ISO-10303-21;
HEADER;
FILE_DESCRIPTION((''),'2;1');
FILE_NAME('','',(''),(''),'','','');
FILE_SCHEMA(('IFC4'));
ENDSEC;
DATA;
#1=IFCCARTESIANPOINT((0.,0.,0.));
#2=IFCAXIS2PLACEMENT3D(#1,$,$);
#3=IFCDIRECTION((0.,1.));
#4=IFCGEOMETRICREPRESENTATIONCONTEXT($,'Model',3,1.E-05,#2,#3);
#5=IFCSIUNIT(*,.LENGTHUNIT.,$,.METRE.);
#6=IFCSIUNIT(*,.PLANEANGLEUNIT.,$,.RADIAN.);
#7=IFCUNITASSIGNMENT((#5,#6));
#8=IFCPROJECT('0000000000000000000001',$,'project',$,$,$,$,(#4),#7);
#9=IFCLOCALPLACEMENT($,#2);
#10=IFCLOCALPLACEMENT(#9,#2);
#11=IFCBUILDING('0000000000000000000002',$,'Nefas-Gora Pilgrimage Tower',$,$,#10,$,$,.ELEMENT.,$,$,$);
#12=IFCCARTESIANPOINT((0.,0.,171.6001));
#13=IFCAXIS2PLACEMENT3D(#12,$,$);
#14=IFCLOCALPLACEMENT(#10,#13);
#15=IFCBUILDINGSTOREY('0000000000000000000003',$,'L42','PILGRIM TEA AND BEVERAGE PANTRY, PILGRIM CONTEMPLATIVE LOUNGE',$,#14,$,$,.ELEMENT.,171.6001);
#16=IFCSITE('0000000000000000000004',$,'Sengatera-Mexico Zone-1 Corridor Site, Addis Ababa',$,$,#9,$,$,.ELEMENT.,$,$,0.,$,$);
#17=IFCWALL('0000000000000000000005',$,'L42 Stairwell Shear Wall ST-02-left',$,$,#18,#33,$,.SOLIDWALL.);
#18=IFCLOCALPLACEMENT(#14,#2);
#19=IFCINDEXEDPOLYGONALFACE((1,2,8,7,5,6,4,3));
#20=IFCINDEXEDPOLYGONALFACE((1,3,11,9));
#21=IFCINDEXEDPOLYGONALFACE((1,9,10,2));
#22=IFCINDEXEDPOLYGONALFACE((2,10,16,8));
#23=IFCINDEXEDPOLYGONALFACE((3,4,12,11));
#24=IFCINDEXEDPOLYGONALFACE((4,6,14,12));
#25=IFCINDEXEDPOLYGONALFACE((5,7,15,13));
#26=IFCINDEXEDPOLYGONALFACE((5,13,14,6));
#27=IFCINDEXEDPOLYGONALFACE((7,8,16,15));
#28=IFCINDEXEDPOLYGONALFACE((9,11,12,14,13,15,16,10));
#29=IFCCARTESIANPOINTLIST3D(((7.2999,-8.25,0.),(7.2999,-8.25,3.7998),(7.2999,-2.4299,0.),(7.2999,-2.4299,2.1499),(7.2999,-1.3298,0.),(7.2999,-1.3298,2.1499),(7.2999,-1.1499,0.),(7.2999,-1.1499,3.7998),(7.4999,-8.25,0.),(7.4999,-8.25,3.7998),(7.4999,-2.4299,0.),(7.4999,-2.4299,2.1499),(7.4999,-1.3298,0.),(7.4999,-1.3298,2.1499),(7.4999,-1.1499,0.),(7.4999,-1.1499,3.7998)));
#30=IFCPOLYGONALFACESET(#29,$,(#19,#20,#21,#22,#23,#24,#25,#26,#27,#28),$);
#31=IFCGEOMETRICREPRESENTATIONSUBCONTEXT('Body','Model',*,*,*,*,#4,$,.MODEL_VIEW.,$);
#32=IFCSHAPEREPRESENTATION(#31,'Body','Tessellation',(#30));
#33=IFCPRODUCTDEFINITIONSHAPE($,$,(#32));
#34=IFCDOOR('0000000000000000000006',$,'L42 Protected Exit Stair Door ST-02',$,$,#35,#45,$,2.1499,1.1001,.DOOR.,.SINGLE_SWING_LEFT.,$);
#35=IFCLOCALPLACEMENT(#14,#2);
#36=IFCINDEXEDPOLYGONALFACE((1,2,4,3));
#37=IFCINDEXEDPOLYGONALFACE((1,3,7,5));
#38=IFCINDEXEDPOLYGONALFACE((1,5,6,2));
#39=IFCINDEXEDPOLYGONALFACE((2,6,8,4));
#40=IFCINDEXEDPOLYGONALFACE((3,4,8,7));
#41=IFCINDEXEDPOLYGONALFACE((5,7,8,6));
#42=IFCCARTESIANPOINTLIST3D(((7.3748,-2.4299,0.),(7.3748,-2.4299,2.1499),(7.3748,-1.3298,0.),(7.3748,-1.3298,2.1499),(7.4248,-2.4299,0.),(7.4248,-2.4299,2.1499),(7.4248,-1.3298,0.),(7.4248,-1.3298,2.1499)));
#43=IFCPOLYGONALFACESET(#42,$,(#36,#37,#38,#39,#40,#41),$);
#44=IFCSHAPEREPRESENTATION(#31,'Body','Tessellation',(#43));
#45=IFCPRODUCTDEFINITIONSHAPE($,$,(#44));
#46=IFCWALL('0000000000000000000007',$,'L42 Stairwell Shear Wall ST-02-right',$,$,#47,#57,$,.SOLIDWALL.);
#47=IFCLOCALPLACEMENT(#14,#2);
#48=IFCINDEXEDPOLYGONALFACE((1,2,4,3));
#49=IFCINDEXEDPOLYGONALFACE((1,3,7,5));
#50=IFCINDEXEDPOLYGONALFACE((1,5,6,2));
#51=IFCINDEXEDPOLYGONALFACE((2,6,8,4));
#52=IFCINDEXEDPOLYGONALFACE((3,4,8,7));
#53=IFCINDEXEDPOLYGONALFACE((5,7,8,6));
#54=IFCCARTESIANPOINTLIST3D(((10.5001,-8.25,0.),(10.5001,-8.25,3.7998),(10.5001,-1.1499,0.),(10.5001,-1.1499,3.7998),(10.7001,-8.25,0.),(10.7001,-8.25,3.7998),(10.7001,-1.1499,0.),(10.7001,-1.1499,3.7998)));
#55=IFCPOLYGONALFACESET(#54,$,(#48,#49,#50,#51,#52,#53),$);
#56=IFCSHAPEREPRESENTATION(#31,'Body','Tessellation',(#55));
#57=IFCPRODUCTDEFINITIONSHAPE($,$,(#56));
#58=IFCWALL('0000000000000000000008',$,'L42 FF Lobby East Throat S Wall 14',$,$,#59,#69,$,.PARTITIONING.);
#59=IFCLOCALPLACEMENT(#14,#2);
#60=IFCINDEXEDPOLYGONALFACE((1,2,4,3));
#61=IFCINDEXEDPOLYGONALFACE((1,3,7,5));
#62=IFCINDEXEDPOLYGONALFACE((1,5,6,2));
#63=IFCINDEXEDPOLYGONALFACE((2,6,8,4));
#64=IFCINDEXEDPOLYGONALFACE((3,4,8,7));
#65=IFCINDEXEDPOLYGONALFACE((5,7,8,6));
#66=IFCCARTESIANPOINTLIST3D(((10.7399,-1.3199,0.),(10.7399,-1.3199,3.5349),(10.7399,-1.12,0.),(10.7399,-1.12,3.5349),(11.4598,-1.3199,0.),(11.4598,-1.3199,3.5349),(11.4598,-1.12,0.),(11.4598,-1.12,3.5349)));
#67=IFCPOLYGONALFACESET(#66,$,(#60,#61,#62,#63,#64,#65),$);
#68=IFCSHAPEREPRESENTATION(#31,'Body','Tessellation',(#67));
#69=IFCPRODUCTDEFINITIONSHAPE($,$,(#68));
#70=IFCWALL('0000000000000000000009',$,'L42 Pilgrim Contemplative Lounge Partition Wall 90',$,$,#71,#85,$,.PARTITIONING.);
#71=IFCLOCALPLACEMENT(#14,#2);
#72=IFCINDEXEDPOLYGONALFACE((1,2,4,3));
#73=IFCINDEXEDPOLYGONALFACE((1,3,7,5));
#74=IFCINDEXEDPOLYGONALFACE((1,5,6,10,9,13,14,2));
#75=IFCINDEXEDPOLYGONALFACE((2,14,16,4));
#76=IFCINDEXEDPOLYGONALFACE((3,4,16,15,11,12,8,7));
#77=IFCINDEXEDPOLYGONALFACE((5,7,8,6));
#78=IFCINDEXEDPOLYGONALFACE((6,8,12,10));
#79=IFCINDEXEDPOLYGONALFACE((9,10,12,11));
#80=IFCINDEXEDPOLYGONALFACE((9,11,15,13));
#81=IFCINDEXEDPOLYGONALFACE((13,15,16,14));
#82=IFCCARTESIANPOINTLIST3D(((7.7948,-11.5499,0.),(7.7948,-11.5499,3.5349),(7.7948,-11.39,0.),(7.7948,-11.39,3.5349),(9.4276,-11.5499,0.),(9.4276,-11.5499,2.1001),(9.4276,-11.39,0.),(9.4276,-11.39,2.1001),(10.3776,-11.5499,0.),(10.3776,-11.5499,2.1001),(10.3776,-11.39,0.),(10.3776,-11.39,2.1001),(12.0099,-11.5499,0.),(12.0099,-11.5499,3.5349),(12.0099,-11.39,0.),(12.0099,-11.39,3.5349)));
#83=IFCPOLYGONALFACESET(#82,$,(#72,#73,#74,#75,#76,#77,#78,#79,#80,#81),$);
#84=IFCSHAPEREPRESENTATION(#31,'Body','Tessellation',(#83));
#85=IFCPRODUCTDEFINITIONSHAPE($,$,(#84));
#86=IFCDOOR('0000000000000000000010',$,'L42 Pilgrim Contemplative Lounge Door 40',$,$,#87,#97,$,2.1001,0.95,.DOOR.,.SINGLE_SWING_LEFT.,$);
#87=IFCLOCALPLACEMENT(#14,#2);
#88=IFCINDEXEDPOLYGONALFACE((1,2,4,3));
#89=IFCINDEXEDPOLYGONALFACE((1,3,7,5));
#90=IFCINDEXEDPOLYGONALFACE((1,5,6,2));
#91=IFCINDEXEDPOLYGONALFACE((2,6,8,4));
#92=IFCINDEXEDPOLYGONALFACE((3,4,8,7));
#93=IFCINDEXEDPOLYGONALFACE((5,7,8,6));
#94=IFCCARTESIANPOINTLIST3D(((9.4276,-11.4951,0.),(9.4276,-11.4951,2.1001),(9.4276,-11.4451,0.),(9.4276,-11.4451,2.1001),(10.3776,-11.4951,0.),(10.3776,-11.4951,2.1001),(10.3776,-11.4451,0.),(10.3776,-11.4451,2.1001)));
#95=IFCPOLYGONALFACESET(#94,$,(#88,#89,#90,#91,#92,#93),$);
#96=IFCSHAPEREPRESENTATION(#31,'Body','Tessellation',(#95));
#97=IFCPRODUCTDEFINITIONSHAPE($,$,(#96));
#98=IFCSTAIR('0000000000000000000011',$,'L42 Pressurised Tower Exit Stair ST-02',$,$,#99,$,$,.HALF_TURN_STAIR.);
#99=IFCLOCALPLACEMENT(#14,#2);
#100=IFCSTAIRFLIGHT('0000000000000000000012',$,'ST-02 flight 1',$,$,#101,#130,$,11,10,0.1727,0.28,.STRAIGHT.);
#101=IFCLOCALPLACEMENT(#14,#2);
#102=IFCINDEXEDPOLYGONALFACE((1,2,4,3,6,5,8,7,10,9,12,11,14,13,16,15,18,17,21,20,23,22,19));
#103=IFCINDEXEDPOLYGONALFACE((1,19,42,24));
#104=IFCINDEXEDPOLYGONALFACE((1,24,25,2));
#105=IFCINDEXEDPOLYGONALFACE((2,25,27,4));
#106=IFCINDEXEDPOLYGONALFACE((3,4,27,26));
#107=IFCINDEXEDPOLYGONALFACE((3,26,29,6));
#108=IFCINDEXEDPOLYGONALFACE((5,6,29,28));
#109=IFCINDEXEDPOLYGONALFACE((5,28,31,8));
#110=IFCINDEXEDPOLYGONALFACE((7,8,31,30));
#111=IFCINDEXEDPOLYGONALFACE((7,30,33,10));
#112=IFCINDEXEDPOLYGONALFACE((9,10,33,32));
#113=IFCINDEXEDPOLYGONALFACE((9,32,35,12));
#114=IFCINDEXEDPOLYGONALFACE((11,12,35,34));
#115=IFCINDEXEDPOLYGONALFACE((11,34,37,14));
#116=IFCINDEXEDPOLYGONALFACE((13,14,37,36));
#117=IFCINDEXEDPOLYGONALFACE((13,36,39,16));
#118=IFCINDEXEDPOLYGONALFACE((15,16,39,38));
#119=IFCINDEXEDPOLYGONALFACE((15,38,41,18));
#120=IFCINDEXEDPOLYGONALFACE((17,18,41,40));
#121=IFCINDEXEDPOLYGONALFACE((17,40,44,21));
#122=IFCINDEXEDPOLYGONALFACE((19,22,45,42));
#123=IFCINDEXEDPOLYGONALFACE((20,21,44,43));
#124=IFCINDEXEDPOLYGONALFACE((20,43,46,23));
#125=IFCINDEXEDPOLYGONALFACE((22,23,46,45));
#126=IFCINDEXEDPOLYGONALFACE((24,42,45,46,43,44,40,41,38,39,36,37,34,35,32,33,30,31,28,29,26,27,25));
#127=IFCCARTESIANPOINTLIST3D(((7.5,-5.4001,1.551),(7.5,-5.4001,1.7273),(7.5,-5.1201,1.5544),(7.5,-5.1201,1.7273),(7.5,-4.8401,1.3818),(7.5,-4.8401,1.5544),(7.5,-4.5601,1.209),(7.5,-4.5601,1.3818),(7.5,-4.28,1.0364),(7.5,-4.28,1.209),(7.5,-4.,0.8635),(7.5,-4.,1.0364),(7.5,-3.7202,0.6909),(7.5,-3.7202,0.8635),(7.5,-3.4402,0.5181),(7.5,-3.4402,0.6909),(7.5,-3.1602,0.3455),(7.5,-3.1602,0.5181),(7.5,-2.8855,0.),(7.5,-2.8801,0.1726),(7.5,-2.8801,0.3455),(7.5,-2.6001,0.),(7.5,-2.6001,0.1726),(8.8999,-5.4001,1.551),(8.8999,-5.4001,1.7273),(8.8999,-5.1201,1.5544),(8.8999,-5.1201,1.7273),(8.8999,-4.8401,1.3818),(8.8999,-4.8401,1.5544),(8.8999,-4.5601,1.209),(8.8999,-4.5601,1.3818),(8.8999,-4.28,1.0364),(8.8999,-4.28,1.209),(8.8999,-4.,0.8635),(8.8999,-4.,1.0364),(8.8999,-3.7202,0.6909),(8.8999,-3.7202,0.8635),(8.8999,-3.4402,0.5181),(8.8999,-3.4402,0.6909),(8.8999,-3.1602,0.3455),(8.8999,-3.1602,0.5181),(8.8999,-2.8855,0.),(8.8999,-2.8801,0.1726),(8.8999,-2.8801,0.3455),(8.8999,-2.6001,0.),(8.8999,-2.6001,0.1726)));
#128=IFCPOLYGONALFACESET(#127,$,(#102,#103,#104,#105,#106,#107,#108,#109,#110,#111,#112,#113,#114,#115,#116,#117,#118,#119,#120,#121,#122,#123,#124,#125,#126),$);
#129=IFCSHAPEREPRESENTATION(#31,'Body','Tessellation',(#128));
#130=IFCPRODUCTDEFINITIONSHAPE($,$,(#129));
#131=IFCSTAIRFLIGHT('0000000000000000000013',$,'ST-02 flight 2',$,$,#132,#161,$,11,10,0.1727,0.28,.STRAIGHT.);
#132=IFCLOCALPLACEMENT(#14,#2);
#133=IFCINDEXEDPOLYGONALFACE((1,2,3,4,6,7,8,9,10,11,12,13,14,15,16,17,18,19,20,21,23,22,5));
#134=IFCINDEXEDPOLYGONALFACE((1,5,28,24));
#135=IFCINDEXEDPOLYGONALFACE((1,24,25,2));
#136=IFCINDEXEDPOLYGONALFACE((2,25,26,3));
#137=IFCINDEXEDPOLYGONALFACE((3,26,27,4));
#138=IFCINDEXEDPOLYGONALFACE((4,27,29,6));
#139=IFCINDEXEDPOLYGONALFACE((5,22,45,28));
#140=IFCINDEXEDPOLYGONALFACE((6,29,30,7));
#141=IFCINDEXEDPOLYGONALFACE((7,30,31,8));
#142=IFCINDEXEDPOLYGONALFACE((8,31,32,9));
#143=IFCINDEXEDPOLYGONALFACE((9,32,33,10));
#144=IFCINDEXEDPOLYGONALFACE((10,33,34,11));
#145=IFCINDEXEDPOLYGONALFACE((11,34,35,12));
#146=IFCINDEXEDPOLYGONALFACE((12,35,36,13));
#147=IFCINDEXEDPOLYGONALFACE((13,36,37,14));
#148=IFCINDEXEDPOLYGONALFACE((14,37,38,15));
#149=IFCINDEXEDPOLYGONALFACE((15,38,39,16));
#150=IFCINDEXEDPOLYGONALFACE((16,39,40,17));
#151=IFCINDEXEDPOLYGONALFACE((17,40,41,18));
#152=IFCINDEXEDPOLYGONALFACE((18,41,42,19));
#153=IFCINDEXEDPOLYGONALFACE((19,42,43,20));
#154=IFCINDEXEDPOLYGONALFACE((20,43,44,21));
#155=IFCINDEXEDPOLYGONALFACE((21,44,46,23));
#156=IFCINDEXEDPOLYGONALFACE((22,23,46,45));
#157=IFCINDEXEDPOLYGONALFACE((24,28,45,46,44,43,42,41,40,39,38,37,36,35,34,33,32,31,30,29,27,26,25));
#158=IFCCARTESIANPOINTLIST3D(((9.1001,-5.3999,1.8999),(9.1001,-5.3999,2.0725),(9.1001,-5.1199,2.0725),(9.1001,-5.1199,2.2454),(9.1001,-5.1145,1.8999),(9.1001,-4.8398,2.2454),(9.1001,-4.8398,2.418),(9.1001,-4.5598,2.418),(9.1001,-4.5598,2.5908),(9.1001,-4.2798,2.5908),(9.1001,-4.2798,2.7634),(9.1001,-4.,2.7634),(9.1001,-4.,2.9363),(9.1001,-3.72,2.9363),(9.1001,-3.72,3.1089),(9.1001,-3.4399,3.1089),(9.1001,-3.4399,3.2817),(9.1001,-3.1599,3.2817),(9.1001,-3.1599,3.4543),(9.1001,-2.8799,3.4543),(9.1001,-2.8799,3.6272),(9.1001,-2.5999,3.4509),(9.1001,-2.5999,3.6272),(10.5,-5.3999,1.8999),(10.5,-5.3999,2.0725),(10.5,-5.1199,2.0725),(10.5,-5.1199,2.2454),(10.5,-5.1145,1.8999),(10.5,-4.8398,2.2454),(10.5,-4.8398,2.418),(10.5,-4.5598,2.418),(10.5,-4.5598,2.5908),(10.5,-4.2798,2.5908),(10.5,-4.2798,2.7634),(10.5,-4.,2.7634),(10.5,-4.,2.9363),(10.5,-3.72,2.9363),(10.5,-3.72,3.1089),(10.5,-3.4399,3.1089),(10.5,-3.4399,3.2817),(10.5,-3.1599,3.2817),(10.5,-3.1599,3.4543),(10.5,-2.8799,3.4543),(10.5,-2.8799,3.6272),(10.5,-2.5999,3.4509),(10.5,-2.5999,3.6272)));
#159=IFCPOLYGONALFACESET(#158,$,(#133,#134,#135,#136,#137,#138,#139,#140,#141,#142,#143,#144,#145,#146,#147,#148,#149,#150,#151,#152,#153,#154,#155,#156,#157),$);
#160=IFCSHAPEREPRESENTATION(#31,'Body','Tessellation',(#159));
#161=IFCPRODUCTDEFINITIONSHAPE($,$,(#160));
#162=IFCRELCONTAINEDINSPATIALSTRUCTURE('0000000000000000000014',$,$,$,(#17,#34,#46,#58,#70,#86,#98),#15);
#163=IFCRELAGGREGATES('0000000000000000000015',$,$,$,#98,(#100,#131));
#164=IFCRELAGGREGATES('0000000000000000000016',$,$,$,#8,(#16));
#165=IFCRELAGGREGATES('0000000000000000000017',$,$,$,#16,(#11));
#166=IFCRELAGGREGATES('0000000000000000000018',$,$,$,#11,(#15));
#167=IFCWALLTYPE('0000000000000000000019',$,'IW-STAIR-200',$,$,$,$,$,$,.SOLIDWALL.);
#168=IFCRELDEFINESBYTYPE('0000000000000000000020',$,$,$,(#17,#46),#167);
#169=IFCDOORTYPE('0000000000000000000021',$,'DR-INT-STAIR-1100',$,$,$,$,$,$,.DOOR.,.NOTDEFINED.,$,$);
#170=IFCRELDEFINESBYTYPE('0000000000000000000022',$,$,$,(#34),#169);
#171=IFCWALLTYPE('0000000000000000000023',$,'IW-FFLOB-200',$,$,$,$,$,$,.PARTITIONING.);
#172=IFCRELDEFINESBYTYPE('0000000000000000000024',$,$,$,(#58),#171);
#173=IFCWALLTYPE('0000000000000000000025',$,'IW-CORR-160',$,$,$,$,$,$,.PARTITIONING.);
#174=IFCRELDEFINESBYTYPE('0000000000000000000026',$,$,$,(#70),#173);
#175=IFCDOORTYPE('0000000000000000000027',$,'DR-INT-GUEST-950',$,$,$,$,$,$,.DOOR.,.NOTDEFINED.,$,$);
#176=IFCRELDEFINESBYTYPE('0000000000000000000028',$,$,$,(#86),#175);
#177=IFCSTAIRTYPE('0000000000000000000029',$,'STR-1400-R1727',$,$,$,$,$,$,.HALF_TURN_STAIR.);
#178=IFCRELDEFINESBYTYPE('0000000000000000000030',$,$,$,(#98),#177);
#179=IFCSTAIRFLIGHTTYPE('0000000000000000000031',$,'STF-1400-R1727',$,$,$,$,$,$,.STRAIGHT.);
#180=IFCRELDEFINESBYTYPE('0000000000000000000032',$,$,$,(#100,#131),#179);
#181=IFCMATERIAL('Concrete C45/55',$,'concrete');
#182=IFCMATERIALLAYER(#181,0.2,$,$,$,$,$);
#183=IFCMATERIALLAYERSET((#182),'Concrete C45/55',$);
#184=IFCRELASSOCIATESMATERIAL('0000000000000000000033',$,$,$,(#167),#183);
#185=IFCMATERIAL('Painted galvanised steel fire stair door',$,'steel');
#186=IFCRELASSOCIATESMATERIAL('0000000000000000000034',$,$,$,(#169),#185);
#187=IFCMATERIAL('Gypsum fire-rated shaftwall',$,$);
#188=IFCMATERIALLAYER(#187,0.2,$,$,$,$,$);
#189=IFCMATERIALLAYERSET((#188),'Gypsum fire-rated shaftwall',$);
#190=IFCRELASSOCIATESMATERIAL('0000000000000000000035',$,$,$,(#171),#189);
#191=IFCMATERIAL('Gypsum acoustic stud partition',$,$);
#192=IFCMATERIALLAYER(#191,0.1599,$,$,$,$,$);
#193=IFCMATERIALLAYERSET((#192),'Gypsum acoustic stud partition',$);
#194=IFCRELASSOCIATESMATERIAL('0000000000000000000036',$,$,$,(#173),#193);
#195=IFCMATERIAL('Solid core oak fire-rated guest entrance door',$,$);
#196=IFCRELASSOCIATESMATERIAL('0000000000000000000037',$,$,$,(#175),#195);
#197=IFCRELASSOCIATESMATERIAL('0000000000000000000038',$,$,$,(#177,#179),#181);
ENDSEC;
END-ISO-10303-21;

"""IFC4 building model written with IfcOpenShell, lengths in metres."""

from ifc_helpers import new_model, si_unit, direction, frame, frame_2d, origin, place, context, subcontext, project, spatial, polyline, rectangle, outline, extrude, source, transform, mapped, material, layer, layer_set, type_object, element, fill, aggregate, save


model = new_model("IFC4")

# Units and contexts
model_context = context("Model", 3, precision=1e-05, world=origin(), true_north=direction((0.0, 1.0)))
body_context = subcontext(model_context, "Body", "Model", "MODEL_VIEW")
ifc_project = project(units=[si_unit("LENGTHUNIT", "METRE"), si_unit("PLANEANGLEUNIT", "RADIAN")], contexts=[model_context])

# Site, building, storey
site_placement = place(None, origin())
site = spatial("IfcSite", under=ifc_project, at=site_placement, Name="Sengatera-Mexico Zone-1 Corridor Site, Addis Ababa", CompositionType="ELEMENT", RefElevation=0.0)
building_placement = place(site_placement, origin())
building = spatial("IfcBuilding", under=site, at=building_placement, Name="Nefas-Gora Pilgrimage Tower", CompositionType="ELEMENT")
storey_placement = place(building_placement, frame((0.0, 0.0, 171.6001)))
storey = spatial("IfcBuildingStorey", under=building, at=storey_placement, Name="L42", Description="PILGRIM TEA AND BEVERAGE PANTRY, PILGRIM CONTEMPLATIVE LOUNGE", CompositionType="ELEMENT", Elevation=171.6001)

# Shared definitions
ifc_material_1 = material(Name="Concrete C45/55", Category="concrete")
ifc_layer_1 = layer(ifc_material_1, 0.2)
ifc_layer_set_1 = layer_set([ifc_layer_1], Name="Concrete C45/55")
wall_type_1 = type_object("IfcWallType", Name="IW-STAIR-200", PredefinedType="SOLIDWALL", material=ifc_layer_set_1)

# Wall, opening, door
shared_shape_1 = source(origin(), body_context, "Body", "SweptSolid", [
    extrude(rectangle(XDim=7.1001, YDim=0.2, at=frame_2d((3.55, 0.0))), origin(), (0.0, 0.0, 1.0), 3.7998),
])
wall_1_placement = place(storey_placement, frame((7.3999, -1.1499, 0.0), z_axis=(0.0, 0.0, 1.0), x_axis=(0.0, -1.0, 0.0)))
wall_1 = element("IfcWall", 1, at=wall_1_placement, inside=storey, type_object=wall_type_1, Name="L42 Stairwell Shear Wall ST-02-left", PredefinedType="SOLIDWALL", context=body_context, shape_type="MappedRepresentation", body=[
    mapped(shared_shape_1, transform((0.0, 0.0, 0.0), x_axis=(1.0, 0.0, 0.0), y_axis=(0.0, 1.0, 0.0), z_axis=(0.0, 0.0, 1.0), scale=1.0)),
])
opening_1_placement = place(wall_1_placement, frame((0.1799, 0.0, 0.0)))
opening_1 = element("IfcOpeningElement", 2, at=opening_1_placement, cuts=wall_1, PredefinedType="OPENING", context=body_context, shape_type="SweptSolid", body=[
    extrude(rectangle(XDim=1.1001, YDim=2.1499, at=frame_2d((0.55, 1.075))), frame((0.0, 0.1099, 0.0), z_axis=(0.0, -1.0, 0.0), x_axis=(1.0, 0.0, 0.0)), (0.0, 0.0, 1.0), 0.22),
])
ifc_material_2 = material(Name="Painted galvanised steel fire stair door", Category="steel")
door_type_1 = type_object("IfcDoorType", Name="DR-INT-STAIR-1100", OperationType="NOTDEFINED", PredefinedType="DOOR", material=ifc_material_2)
shared_shape_2 = source(origin(), body_context, "Body", "SweptSolid", [
    extrude(rectangle(XDim=1.1001, YDim=2.1499, at=frame_2d((0.55, 1.075))), frame((0.0, 0.0249, 0.0), z_axis=(0.0, -1.0, 0.0), x_axis=(1.0, 0.0, 0.0)), (0.0, 0.0, 1.0), 0.05),
])
door_1_placement = place(opening_1_placement, origin())
door_1 = element("IfcDoor", 3, at=door_1_placement, inside=storey, type_object=door_type_1, Name="L42 Protected Exit Stair Door ST-02", OperationType="SINGLE_SWING_LEFT", OverallHeight=2.1499, OverallWidth=1.1001, PredefinedType="DOOR", context=body_context, shape_type="MappedRepresentation", body=[
    mapped(shared_shape_2, transform((0.0, 0.0, 0.0), x_axis=(1.0, 0.0, 0.0), y_axis=(0.0, 1.0, 0.0), z_axis=(0.0, 0.0, 1.0), scale=1.0)),
])
fill(opening_1, door_1)

# Walls
wall_2_placement = place(storey_placement, frame((10.6001, -1.1499, 0.0), z_axis=(0.0, 0.0, 1.0), x_axis=(0.0, -1.0, 0.0)))
element("IfcWall", 4, at=wall_2_placement, inside=storey, type_object=wall_type_1, Name="L42 Stairwell Shear Wall ST-02-right", PredefinedType="SOLIDWALL", context=body_context, shape_type="MappedRepresentation", body=[
    mapped(shared_shape_1, transform((0.0, 0.0, 0.0), x_axis=(1.0, 0.0, 0.0), y_axis=(0.0, 1.0, 0.0), z_axis=(0.0, 0.0, 1.0), scale=1.0)),
])
ifc_material_3 = material(Name="Gypsum fire-rated shaftwall")
ifc_layer_2 = layer(ifc_material_3, 0.2)
ifc_layer_set_2 = layer_set([ifc_layer_2], Name="Gypsum fire-rated shaftwall")
wall_type_2 = type_object("IfcWallType", Name="IW-FFLOB-200", PredefinedType="PARTITIONING", material=ifc_layer_set_2)
shared_shape_3 = source(origin(), body_context, "Body", "SweptSolid", [
    extrude(rectangle(XDim=0.72, YDim=0.2, at=frame_2d((0.3599, 0.0))), origin(), (0.0, 0.0, 1.0), 3.5349),
])
wall_3_placement = place(storey_placement, frame((10.74, -1.22, 0.0), z_axis=(0.0, 0.0, 1.0), x_axis=(1.0, 0.0, 0.0)))
element("IfcWall", 5, at=wall_3_placement, inside=storey, type_object=wall_type_2, Name="L42 FF Lobby East Throat S Wall 14", PredefinedType="PARTITIONING", context=body_context, shape_type="MappedRepresentation", body=[
    mapped(shared_shape_3, transform((0.0, 0.0, 0.0), x_axis=(1.0, 0.0, 0.0), y_axis=(0.0, 1.0, 0.0), z_axis=(0.0, 0.0, 1.0), scale=1.0)),
])

# Wall, opening, door
ifc_material_4 = material(Name="Gypsum acoustic stud partition")
ifc_layer_3 = layer(ifc_material_4, 0.1599)
ifc_layer_set_3 = layer_set([ifc_layer_3], Name="Gypsum acoustic stud partition")
wall_type_3 = type_object("IfcWallType", Name="IW-CORR-160", PredefinedType="PARTITIONING", material=ifc_layer_set_3)
shared_shape_4 = source(origin(), body_context, "Body", "SweptSolid", [
    extrude(rectangle(XDim=4.2151, YDim=0.1599, at=frame_2d((2.1074, 0.0))), origin(), (0.0, 0.0, 1.0), 3.5349),
])
wall_4_placement = place(storey_placement, frame((7.7949, -11.47, 0.0), z_axis=(0.0, 0.0, 1.0), x_axis=(1.0, 0.0, 0.0)))
wall_4 = element("IfcWall", 6, at=wall_4_placement, inside=storey, type_object=wall_type_3, Name="L42 Pilgrim Contemplative Lounge Partition Wall 90", PredefinedType="PARTITIONING", context=body_context, shape_type="MappedRepresentation", body=[
    mapped(shared_shape_4, transform((0.0, 0.0, 0.0), x_axis=(1.0, 0.0, 0.0), y_axis=(0.0, 1.0, 0.0), z_axis=(0.0, 0.0, 1.0), scale=1.0)),
])
opening_2_placement = place(wall_4_placement, frame((1.6326, 0.0, 0.0)))
opening_2 = element("IfcOpeningElement", 7, at=opening_2_placement, cuts=wall_4, PredefinedType="OPENING", context=body_context, shape_type="SweptSolid", body=[
    extrude(rectangle(XDim=0.95, YDim=2.1001, at=frame_2d((0.4751, 1.05))), frame((0.0, 0.0898, 0.0), z_axis=(0.0, -1.0, 0.0), x_axis=(1.0, 0.0, 0.0)), (0.0, 0.0, 1.0), 0.1799),
])
ifc_material_5 = material(Name="Solid core oak fire-rated guest entrance door")
door_type_2 = type_object("IfcDoorType", Name="DR-INT-GUEST-950", OperationType="NOTDEFINED", PredefinedType="DOOR", material=ifc_material_5)
shared_shape_5 = source(origin(), body_context, "Body", "SweptSolid", [
    extrude(rectangle(XDim=0.95, YDim=2.1001, at=frame_2d((0.4751, 1.05))), frame((0.0, 0.0249, 0.0), z_axis=(0.0, -1.0, 0.0), x_axis=(1.0, 0.0, 0.0)), (0.0, 0.0, 1.0), 0.05),
])
door_2_placement = place(opening_2_placement, origin())
door_2 = element("IfcDoor", 8, at=door_2_placement, inside=storey, type_object=door_type_2, Name="L42 Pilgrim Contemplative Lounge Door 40", OperationType="SINGLE_SWING_LEFT", OverallHeight=2.1001, OverallWidth=0.95, PredefinedType="DOOR", context=body_context, shape_type="MappedRepresentation", body=[
    mapped(shared_shape_5, transform((0.0, 0.0, 0.0), x_axis=(1.0, 0.0, 0.0), y_axis=(0.0, 1.0, 0.0), z_axis=(0.0, 0.0, 1.0), scale=1.0)),
])
fill(opening_2, door_2)

# Stair, stair flights
stair_type = type_object("IfcStairType", Name="STR-1400-R1727", PredefinedType="HALF_TURN_STAIR", material=ifc_material_1)
stair_placement = place(storey_placement, origin())
stair = element("IfcStair", 9, at=stair_placement, inside=storey, type_object=stair_type, Name="L42 Pressurised Tower Exit Stair ST-02", PredefinedType="HALF_TURN_STAIR")
stair_flight_type = type_object("IfcStairFlightType", Name="STF-1400-R1727", PredefinedType="STRAIGHT", material=ifc_material_1)
shared_shape_6 = source(origin(), body_context, "Body", "SweptSolid", [
    extrude(outline(polyline([(0.0, 0.0), (0.0, 0.1726), (0.28, 0.1726), (0.28, 0.3455), (0.5601, 0.3455), (0.5601, 0.5181), (0.8401, 0.5181), (0.8401, 0.6909), (1.1201, 0.6909), (1.1201, 0.8635), (1.3999, 0.8635), (1.3999, 1.0364), (1.6799, 1.0364), (1.6799, 1.209), (1.96, 1.209), (1.96, 1.3818), (2.24, 1.3818), (2.24, 1.5544), (2.52, 1.5544), (2.52, 1.7273), (2.8, 1.7273), (2.8, 1.8999), (2.8, 1.551), (0.2854, 0.0), (0.0, 0.0)])), frame((0.0, 0.7, 0.0), z_axis=(0.0, -1.0, 0.0), x_axis=(1.0, 0.0, 0.0)), (0.0, 0.0, 1.0), 1.3999),
])
stair_flight_1_placement = place(storey_placement, frame((8.2, -2.6001, 0.0), z_axis=(0.0, 0.0, 1.0), x_axis=(0.0, -1.0, 0.0)))
stair_flight_1 = element("IfcStairFlight", 10, at=stair_flight_1_placement, type_object=stair_flight_type, Name="ST-02 flight 1", NumberOfRisers=11, NumberOfTreads=10, PredefinedType="STRAIGHT", RiserHeight=0.1727, TreadLength=0.28, context=body_context, shape_type="MappedRepresentation", body=[
    mapped(shared_shape_6, transform((0.0, 0.0, 0.0), x_axis=(1.0, 0.0, 0.0), y_axis=(0.0, 1.0, 0.0), z_axis=(0.0, 0.0, 1.0), scale=1.0)),
])
stair_flight_2_placement = place(storey_placement, frame((9.8, -5.3999, 1.8999), z_axis=(0.0, 0.0, 1.0), x_axis=(0.0, 1.0, 0.0)))
stair_flight_2 = element("IfcStairFlight", 11, at=stair_flight_2_placement, type_object=stair_flight_type, Name="ST-02 flight 2", NumberOfRisers=11, NumberOfTreads=10, PredefinedType="STRAIGHT", RiserHeight=0.1727, TreadLength=0.28, context=body_context, shape_type="MappedRepresentation", body=[
    mapped(shared_shape_6, transform((0.0, 0.0, 0.0), x_axis=(1.0, 0.0, 0.0), y_axis=(0.0, 1.0, 0.0), z_axis=(0.0, 0.0, 1.0), scale=1.0)),
])
aggregate(stair, [stair_flight_1, stair_flight_2])

save(model, "model.ifc")
